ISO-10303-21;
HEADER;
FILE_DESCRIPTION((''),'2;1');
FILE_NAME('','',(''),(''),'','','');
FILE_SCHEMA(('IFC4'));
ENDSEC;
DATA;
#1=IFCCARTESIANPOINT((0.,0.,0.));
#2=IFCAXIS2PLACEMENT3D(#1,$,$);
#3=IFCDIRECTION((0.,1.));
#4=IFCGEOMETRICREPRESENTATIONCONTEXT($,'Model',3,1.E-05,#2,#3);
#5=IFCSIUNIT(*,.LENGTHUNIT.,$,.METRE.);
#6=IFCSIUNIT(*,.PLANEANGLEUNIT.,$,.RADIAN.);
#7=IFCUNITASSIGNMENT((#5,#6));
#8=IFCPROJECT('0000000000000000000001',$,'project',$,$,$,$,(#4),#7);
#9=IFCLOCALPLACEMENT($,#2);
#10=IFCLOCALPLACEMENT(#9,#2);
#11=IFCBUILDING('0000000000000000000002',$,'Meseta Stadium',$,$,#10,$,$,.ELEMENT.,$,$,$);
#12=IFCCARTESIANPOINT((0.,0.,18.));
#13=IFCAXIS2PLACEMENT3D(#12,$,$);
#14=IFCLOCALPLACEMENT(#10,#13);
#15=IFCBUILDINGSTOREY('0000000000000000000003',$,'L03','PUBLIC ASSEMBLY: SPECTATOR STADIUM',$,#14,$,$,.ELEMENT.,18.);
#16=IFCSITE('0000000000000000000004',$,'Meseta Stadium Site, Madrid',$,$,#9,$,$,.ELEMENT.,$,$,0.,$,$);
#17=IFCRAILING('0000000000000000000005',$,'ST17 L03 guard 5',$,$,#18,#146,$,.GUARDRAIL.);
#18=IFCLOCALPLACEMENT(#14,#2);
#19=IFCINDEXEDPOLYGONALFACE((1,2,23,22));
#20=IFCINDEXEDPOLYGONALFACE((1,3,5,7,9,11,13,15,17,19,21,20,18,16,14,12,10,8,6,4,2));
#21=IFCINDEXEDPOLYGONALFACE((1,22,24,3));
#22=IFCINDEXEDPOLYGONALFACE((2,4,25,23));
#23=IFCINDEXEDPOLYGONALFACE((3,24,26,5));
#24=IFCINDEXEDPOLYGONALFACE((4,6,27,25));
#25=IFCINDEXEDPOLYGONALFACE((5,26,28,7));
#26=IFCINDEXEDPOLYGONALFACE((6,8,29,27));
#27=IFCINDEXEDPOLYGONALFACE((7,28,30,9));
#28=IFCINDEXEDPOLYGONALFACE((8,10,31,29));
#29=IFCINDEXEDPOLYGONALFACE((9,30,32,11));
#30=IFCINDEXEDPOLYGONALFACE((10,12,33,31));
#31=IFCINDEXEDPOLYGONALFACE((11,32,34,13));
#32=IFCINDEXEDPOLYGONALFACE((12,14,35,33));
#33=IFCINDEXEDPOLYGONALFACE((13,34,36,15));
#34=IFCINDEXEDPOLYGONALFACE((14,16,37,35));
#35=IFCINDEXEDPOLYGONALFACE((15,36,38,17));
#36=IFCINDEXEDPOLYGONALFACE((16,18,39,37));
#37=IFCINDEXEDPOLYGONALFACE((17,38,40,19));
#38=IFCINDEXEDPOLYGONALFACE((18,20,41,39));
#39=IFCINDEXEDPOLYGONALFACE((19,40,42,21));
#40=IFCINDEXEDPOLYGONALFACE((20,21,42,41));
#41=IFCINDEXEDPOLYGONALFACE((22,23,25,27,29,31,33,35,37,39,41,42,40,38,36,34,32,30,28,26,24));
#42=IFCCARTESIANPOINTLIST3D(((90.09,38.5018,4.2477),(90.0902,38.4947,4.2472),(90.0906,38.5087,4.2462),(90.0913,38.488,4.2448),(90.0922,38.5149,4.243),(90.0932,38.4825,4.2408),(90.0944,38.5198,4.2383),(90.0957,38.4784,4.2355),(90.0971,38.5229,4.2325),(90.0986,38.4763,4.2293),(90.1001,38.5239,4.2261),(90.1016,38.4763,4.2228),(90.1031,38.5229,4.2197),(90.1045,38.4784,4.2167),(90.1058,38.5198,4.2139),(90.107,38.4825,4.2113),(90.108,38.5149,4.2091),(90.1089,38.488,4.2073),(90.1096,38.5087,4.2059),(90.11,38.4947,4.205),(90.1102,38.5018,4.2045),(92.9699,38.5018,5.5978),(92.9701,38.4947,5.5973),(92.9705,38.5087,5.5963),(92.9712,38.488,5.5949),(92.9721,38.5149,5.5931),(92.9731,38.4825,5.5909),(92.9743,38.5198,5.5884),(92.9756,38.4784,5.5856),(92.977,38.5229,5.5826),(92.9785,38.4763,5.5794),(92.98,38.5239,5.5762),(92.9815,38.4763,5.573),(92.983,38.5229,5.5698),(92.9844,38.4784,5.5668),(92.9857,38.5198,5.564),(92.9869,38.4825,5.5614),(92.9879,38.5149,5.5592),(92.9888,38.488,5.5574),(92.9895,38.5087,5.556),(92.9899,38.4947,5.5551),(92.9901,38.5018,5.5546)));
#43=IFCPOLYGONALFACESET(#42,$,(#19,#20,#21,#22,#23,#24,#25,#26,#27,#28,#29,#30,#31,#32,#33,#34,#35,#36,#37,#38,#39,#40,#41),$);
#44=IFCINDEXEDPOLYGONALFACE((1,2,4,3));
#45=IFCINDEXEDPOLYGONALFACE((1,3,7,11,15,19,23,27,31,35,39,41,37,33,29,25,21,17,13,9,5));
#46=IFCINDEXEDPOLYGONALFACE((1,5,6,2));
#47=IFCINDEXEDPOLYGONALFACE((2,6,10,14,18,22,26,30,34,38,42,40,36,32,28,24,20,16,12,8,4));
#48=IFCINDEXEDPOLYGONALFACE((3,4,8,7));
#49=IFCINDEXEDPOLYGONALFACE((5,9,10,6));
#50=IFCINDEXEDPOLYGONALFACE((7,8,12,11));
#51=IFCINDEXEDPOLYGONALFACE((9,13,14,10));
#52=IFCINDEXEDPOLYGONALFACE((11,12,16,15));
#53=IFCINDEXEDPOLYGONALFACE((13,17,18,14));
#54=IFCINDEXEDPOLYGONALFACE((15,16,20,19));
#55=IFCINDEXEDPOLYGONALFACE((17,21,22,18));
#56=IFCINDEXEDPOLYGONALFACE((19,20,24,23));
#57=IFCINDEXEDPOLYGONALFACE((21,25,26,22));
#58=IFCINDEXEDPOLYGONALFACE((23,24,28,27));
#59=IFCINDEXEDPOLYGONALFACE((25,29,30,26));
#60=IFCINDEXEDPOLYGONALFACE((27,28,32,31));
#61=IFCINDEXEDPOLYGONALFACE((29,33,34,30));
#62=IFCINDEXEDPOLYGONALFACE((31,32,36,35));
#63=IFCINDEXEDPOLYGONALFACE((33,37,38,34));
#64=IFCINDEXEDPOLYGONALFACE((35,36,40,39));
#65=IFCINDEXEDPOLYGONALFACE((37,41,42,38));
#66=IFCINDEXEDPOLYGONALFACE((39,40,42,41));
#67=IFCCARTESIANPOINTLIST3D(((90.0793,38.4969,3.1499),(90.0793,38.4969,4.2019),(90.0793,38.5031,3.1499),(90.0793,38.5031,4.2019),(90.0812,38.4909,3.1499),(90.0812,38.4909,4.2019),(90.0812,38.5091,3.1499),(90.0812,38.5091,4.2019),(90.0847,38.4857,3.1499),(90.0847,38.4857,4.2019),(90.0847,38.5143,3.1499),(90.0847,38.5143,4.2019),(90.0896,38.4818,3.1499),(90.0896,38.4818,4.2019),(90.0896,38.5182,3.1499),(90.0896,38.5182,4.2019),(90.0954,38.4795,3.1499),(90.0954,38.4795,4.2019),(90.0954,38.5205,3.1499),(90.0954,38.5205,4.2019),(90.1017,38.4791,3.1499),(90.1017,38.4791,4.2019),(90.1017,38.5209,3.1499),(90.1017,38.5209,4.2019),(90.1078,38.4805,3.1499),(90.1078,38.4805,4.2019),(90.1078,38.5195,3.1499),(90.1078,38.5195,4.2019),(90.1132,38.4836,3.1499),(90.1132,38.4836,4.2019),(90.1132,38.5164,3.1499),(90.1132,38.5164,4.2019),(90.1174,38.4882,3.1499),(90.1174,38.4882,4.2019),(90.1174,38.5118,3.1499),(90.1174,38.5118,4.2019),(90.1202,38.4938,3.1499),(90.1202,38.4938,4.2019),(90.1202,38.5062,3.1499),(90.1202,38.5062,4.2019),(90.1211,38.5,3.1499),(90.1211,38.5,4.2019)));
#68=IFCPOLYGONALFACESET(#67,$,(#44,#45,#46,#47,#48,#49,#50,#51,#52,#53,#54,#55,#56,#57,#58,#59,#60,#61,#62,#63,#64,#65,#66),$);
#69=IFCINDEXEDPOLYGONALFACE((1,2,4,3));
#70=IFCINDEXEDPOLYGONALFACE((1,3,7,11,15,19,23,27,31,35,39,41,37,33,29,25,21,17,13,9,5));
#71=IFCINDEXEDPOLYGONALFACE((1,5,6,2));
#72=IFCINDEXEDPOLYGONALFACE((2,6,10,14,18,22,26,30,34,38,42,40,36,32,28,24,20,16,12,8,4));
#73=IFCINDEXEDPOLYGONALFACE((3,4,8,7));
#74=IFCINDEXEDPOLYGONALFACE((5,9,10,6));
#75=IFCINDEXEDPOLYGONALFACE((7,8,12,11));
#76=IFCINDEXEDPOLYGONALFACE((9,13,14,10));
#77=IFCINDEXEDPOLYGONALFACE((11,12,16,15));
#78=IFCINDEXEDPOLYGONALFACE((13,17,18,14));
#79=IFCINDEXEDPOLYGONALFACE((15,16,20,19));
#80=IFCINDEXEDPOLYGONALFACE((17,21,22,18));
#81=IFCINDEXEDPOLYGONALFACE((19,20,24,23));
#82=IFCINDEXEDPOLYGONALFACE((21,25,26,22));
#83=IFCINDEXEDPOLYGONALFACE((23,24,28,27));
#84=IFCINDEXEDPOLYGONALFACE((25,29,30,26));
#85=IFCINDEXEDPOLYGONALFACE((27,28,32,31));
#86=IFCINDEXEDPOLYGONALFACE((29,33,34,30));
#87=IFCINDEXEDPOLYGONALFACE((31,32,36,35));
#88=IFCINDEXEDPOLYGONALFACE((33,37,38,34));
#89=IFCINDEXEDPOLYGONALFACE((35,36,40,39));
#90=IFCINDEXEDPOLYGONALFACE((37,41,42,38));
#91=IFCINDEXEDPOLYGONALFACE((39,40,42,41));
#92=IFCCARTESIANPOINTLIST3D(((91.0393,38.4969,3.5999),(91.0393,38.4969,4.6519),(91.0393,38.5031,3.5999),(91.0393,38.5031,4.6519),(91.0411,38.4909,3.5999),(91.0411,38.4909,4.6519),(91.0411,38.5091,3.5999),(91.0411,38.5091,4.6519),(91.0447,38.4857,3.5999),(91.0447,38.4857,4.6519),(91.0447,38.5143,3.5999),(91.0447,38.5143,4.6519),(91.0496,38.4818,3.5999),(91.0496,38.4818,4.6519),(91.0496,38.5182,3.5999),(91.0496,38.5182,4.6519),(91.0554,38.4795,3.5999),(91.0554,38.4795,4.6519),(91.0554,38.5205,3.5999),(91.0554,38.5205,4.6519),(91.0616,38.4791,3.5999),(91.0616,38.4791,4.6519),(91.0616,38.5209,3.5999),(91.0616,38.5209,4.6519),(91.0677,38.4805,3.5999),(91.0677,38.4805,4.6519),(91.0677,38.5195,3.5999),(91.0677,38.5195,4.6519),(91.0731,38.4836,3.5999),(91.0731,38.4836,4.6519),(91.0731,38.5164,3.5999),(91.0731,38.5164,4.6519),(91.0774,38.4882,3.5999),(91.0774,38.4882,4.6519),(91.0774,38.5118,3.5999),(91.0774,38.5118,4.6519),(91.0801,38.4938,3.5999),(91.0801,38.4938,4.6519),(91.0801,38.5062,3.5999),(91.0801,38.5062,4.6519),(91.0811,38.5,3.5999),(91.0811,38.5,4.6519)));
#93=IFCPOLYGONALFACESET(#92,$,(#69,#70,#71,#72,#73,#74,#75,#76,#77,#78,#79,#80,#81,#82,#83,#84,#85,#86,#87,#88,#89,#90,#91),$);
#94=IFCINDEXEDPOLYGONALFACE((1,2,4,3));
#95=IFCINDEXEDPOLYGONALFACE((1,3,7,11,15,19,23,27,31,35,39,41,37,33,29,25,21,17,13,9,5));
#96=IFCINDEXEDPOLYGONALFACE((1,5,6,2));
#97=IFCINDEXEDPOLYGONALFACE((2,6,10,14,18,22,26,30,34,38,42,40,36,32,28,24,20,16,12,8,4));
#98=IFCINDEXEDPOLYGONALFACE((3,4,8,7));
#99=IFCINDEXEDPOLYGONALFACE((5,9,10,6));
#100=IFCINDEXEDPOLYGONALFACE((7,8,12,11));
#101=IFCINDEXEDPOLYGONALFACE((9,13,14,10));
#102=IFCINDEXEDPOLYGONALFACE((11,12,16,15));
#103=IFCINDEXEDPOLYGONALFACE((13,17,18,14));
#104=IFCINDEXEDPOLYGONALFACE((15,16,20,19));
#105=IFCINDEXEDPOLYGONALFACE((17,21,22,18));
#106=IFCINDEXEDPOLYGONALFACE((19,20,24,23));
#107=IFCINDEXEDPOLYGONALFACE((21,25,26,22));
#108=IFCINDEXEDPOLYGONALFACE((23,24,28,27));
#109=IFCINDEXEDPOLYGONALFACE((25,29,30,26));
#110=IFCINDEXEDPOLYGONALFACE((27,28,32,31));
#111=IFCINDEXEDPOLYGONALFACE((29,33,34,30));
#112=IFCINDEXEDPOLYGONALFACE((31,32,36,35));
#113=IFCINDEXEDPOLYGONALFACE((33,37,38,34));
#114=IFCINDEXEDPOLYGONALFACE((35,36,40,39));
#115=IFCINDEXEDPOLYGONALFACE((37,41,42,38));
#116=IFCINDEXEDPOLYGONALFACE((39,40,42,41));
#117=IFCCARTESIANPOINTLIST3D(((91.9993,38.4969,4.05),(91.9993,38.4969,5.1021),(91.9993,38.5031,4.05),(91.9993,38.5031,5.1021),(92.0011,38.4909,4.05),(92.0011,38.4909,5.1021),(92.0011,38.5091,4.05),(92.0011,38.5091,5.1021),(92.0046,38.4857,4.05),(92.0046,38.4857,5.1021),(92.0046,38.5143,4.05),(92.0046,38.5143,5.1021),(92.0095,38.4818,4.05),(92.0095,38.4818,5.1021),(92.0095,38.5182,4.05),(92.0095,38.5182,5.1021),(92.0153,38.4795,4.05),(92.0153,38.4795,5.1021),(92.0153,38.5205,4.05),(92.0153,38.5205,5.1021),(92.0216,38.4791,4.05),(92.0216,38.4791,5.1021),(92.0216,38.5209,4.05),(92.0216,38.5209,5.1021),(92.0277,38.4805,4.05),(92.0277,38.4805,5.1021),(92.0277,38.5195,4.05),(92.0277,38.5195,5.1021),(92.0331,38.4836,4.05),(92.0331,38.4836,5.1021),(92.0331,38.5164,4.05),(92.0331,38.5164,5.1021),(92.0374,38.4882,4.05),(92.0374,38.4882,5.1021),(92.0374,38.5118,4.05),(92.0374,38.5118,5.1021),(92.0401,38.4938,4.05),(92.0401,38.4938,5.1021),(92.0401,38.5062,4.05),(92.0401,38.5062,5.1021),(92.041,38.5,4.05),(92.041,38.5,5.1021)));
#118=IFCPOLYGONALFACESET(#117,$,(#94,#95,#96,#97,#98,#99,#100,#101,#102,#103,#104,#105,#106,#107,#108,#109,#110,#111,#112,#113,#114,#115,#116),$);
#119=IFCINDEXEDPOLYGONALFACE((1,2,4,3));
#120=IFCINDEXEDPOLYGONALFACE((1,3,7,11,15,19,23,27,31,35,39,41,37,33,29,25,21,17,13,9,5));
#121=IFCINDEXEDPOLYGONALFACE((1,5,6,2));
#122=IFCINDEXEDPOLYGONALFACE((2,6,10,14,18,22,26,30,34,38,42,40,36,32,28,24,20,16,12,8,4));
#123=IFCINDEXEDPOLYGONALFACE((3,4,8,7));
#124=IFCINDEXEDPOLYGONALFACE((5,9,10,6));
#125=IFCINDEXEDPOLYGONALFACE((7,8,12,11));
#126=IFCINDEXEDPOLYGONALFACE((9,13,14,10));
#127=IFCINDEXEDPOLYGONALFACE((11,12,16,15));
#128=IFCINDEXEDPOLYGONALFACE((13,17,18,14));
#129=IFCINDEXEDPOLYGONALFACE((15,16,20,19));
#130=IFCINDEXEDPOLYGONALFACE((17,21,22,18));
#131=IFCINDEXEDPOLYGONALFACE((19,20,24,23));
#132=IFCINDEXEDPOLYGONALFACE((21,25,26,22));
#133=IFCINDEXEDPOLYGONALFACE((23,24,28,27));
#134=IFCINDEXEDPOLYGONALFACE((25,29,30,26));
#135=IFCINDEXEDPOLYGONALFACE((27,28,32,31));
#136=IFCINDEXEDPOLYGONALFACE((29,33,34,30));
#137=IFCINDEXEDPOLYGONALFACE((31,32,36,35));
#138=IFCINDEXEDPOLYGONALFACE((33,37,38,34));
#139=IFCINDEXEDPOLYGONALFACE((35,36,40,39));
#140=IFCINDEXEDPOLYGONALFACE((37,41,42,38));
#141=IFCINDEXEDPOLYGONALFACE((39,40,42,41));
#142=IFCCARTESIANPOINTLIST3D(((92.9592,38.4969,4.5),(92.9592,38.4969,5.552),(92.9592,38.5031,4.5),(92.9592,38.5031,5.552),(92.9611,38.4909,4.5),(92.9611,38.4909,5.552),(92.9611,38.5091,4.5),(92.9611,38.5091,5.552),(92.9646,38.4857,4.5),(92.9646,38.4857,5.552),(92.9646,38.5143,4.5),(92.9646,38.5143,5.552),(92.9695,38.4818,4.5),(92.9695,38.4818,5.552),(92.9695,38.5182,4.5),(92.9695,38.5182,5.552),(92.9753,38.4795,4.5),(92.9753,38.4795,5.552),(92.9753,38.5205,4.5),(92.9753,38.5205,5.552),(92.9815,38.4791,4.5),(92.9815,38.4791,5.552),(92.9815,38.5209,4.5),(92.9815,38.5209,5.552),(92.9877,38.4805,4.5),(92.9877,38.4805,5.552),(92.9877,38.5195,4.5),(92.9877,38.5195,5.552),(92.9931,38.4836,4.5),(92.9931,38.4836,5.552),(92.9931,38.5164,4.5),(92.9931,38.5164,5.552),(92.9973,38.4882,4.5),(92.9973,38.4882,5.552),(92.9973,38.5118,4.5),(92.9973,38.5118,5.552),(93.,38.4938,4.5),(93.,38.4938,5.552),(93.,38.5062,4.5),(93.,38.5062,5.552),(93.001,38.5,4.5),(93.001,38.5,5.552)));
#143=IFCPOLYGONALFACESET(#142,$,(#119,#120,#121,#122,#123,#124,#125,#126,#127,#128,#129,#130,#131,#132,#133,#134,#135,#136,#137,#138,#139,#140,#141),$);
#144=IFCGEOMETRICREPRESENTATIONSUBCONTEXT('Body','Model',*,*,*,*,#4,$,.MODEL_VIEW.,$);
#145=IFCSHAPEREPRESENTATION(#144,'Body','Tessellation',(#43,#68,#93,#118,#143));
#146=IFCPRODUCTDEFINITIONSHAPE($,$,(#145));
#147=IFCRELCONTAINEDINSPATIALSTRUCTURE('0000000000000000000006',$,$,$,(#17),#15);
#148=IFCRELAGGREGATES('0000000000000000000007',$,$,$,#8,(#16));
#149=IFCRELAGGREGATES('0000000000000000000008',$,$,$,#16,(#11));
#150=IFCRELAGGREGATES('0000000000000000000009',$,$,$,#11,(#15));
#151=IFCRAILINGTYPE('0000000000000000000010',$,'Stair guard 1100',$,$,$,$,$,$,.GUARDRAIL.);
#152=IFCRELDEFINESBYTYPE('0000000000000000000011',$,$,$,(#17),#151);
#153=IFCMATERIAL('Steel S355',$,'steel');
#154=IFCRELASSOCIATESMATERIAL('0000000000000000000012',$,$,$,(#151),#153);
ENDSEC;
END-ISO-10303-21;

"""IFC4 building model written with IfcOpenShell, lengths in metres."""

from ifc_helpers import new_model, si_unit, direction, frame, origin, origin_2d, place, context, subcontext, project, spatial, circle, extrude, material, type_object, element, save


model = new_model("IFC4")

# Units and contexts
model_context = context("Model", 3, precision=1e-05, world=origin(), true_north=direction((0.0, 1.0)))
body_context = subcontext(model_context, "Body", "Model", "MODEL_VIEW")
ifc_project = project(units=[si_unit("LENGTHUNIT", "METRE"), si_unit("PLANEANGLEUNIT", "RADIAN")], contexts=[model_context])

# Site, building, storey
site_placement = place(None, origin())
site = spatial("IfcSite", under=ifc_project, at=site_placement, Name="Meseta Stadium Site, Madrid", CompositionType="ELEMENT", RefElevation=0.0)
building_placement = place(site_placement, origin())
building = spatial("IfcBuilding", under=site, at=building_placement, Name="Meseta Stadium", CompositionType="ELEMENT")
storey_placement = place(building_placement, frame((0.0, 0.0, 18.0)))
storey = spatial("IfcBuildingStorey", under=building, at=storey_placement, Name="L03", Description="PUBLIC ASSEMBLY: SPECTATOR STADIUM", CompositionType="ELEMENT", Elevation=18.0)

# Railing
ifc_material_1 = material(Name="Steel S355", Category="steel")
railing_type_1 = type_object("IfcRailingType", Name="Stair guard 1100", PredefinedType="GUARDRAIL", material=ifc_material_1)
railing_1_placement = place(storey_placement, frame((90.1001, 38.5, 3.1499)))
element("IfcRailing", 1, at=railing_1_placement, inside=storey, type_object=railing_type_1, Name="ST17 L03 guard 5", PredefinedType="GUARDRAIL", context=body_context, shape_type="SweptSolid", body=[
    extrude(circle(Radius=0.0239, at=origin_2d()), frame((0.0, 0.0, 1.0762), z_axis=(0.90544, 0.0, 0.424473), x_axis=(0.0, 1.0, 0.0)), (0.0, 0.0, 1.0), 3.1807),
    extrude(circle(Radius=0.021, at=origin_2d()), origin(), (0.0, 0.0, 1.0), 1.052),
    extrude(circle(Radius=0.021, at=origin_2d()), frame((0.96, 0.0, 0.45)), (0.0, 0.0, 1.0), 1.052),
    extrude(circle(Radius=0.021, at=origin_2d()), frame((1.9199, 0.0, 0.9001)), (0.0, 0.0, 1.0), 1.052),
    extrude(circle(Radius=0.021, at=origin_2d()), frame((2.8799, 0.0, 1.3501)), (0.0, 0.0, 1.0), 1.052),
])

save(model, "model.ifc")
